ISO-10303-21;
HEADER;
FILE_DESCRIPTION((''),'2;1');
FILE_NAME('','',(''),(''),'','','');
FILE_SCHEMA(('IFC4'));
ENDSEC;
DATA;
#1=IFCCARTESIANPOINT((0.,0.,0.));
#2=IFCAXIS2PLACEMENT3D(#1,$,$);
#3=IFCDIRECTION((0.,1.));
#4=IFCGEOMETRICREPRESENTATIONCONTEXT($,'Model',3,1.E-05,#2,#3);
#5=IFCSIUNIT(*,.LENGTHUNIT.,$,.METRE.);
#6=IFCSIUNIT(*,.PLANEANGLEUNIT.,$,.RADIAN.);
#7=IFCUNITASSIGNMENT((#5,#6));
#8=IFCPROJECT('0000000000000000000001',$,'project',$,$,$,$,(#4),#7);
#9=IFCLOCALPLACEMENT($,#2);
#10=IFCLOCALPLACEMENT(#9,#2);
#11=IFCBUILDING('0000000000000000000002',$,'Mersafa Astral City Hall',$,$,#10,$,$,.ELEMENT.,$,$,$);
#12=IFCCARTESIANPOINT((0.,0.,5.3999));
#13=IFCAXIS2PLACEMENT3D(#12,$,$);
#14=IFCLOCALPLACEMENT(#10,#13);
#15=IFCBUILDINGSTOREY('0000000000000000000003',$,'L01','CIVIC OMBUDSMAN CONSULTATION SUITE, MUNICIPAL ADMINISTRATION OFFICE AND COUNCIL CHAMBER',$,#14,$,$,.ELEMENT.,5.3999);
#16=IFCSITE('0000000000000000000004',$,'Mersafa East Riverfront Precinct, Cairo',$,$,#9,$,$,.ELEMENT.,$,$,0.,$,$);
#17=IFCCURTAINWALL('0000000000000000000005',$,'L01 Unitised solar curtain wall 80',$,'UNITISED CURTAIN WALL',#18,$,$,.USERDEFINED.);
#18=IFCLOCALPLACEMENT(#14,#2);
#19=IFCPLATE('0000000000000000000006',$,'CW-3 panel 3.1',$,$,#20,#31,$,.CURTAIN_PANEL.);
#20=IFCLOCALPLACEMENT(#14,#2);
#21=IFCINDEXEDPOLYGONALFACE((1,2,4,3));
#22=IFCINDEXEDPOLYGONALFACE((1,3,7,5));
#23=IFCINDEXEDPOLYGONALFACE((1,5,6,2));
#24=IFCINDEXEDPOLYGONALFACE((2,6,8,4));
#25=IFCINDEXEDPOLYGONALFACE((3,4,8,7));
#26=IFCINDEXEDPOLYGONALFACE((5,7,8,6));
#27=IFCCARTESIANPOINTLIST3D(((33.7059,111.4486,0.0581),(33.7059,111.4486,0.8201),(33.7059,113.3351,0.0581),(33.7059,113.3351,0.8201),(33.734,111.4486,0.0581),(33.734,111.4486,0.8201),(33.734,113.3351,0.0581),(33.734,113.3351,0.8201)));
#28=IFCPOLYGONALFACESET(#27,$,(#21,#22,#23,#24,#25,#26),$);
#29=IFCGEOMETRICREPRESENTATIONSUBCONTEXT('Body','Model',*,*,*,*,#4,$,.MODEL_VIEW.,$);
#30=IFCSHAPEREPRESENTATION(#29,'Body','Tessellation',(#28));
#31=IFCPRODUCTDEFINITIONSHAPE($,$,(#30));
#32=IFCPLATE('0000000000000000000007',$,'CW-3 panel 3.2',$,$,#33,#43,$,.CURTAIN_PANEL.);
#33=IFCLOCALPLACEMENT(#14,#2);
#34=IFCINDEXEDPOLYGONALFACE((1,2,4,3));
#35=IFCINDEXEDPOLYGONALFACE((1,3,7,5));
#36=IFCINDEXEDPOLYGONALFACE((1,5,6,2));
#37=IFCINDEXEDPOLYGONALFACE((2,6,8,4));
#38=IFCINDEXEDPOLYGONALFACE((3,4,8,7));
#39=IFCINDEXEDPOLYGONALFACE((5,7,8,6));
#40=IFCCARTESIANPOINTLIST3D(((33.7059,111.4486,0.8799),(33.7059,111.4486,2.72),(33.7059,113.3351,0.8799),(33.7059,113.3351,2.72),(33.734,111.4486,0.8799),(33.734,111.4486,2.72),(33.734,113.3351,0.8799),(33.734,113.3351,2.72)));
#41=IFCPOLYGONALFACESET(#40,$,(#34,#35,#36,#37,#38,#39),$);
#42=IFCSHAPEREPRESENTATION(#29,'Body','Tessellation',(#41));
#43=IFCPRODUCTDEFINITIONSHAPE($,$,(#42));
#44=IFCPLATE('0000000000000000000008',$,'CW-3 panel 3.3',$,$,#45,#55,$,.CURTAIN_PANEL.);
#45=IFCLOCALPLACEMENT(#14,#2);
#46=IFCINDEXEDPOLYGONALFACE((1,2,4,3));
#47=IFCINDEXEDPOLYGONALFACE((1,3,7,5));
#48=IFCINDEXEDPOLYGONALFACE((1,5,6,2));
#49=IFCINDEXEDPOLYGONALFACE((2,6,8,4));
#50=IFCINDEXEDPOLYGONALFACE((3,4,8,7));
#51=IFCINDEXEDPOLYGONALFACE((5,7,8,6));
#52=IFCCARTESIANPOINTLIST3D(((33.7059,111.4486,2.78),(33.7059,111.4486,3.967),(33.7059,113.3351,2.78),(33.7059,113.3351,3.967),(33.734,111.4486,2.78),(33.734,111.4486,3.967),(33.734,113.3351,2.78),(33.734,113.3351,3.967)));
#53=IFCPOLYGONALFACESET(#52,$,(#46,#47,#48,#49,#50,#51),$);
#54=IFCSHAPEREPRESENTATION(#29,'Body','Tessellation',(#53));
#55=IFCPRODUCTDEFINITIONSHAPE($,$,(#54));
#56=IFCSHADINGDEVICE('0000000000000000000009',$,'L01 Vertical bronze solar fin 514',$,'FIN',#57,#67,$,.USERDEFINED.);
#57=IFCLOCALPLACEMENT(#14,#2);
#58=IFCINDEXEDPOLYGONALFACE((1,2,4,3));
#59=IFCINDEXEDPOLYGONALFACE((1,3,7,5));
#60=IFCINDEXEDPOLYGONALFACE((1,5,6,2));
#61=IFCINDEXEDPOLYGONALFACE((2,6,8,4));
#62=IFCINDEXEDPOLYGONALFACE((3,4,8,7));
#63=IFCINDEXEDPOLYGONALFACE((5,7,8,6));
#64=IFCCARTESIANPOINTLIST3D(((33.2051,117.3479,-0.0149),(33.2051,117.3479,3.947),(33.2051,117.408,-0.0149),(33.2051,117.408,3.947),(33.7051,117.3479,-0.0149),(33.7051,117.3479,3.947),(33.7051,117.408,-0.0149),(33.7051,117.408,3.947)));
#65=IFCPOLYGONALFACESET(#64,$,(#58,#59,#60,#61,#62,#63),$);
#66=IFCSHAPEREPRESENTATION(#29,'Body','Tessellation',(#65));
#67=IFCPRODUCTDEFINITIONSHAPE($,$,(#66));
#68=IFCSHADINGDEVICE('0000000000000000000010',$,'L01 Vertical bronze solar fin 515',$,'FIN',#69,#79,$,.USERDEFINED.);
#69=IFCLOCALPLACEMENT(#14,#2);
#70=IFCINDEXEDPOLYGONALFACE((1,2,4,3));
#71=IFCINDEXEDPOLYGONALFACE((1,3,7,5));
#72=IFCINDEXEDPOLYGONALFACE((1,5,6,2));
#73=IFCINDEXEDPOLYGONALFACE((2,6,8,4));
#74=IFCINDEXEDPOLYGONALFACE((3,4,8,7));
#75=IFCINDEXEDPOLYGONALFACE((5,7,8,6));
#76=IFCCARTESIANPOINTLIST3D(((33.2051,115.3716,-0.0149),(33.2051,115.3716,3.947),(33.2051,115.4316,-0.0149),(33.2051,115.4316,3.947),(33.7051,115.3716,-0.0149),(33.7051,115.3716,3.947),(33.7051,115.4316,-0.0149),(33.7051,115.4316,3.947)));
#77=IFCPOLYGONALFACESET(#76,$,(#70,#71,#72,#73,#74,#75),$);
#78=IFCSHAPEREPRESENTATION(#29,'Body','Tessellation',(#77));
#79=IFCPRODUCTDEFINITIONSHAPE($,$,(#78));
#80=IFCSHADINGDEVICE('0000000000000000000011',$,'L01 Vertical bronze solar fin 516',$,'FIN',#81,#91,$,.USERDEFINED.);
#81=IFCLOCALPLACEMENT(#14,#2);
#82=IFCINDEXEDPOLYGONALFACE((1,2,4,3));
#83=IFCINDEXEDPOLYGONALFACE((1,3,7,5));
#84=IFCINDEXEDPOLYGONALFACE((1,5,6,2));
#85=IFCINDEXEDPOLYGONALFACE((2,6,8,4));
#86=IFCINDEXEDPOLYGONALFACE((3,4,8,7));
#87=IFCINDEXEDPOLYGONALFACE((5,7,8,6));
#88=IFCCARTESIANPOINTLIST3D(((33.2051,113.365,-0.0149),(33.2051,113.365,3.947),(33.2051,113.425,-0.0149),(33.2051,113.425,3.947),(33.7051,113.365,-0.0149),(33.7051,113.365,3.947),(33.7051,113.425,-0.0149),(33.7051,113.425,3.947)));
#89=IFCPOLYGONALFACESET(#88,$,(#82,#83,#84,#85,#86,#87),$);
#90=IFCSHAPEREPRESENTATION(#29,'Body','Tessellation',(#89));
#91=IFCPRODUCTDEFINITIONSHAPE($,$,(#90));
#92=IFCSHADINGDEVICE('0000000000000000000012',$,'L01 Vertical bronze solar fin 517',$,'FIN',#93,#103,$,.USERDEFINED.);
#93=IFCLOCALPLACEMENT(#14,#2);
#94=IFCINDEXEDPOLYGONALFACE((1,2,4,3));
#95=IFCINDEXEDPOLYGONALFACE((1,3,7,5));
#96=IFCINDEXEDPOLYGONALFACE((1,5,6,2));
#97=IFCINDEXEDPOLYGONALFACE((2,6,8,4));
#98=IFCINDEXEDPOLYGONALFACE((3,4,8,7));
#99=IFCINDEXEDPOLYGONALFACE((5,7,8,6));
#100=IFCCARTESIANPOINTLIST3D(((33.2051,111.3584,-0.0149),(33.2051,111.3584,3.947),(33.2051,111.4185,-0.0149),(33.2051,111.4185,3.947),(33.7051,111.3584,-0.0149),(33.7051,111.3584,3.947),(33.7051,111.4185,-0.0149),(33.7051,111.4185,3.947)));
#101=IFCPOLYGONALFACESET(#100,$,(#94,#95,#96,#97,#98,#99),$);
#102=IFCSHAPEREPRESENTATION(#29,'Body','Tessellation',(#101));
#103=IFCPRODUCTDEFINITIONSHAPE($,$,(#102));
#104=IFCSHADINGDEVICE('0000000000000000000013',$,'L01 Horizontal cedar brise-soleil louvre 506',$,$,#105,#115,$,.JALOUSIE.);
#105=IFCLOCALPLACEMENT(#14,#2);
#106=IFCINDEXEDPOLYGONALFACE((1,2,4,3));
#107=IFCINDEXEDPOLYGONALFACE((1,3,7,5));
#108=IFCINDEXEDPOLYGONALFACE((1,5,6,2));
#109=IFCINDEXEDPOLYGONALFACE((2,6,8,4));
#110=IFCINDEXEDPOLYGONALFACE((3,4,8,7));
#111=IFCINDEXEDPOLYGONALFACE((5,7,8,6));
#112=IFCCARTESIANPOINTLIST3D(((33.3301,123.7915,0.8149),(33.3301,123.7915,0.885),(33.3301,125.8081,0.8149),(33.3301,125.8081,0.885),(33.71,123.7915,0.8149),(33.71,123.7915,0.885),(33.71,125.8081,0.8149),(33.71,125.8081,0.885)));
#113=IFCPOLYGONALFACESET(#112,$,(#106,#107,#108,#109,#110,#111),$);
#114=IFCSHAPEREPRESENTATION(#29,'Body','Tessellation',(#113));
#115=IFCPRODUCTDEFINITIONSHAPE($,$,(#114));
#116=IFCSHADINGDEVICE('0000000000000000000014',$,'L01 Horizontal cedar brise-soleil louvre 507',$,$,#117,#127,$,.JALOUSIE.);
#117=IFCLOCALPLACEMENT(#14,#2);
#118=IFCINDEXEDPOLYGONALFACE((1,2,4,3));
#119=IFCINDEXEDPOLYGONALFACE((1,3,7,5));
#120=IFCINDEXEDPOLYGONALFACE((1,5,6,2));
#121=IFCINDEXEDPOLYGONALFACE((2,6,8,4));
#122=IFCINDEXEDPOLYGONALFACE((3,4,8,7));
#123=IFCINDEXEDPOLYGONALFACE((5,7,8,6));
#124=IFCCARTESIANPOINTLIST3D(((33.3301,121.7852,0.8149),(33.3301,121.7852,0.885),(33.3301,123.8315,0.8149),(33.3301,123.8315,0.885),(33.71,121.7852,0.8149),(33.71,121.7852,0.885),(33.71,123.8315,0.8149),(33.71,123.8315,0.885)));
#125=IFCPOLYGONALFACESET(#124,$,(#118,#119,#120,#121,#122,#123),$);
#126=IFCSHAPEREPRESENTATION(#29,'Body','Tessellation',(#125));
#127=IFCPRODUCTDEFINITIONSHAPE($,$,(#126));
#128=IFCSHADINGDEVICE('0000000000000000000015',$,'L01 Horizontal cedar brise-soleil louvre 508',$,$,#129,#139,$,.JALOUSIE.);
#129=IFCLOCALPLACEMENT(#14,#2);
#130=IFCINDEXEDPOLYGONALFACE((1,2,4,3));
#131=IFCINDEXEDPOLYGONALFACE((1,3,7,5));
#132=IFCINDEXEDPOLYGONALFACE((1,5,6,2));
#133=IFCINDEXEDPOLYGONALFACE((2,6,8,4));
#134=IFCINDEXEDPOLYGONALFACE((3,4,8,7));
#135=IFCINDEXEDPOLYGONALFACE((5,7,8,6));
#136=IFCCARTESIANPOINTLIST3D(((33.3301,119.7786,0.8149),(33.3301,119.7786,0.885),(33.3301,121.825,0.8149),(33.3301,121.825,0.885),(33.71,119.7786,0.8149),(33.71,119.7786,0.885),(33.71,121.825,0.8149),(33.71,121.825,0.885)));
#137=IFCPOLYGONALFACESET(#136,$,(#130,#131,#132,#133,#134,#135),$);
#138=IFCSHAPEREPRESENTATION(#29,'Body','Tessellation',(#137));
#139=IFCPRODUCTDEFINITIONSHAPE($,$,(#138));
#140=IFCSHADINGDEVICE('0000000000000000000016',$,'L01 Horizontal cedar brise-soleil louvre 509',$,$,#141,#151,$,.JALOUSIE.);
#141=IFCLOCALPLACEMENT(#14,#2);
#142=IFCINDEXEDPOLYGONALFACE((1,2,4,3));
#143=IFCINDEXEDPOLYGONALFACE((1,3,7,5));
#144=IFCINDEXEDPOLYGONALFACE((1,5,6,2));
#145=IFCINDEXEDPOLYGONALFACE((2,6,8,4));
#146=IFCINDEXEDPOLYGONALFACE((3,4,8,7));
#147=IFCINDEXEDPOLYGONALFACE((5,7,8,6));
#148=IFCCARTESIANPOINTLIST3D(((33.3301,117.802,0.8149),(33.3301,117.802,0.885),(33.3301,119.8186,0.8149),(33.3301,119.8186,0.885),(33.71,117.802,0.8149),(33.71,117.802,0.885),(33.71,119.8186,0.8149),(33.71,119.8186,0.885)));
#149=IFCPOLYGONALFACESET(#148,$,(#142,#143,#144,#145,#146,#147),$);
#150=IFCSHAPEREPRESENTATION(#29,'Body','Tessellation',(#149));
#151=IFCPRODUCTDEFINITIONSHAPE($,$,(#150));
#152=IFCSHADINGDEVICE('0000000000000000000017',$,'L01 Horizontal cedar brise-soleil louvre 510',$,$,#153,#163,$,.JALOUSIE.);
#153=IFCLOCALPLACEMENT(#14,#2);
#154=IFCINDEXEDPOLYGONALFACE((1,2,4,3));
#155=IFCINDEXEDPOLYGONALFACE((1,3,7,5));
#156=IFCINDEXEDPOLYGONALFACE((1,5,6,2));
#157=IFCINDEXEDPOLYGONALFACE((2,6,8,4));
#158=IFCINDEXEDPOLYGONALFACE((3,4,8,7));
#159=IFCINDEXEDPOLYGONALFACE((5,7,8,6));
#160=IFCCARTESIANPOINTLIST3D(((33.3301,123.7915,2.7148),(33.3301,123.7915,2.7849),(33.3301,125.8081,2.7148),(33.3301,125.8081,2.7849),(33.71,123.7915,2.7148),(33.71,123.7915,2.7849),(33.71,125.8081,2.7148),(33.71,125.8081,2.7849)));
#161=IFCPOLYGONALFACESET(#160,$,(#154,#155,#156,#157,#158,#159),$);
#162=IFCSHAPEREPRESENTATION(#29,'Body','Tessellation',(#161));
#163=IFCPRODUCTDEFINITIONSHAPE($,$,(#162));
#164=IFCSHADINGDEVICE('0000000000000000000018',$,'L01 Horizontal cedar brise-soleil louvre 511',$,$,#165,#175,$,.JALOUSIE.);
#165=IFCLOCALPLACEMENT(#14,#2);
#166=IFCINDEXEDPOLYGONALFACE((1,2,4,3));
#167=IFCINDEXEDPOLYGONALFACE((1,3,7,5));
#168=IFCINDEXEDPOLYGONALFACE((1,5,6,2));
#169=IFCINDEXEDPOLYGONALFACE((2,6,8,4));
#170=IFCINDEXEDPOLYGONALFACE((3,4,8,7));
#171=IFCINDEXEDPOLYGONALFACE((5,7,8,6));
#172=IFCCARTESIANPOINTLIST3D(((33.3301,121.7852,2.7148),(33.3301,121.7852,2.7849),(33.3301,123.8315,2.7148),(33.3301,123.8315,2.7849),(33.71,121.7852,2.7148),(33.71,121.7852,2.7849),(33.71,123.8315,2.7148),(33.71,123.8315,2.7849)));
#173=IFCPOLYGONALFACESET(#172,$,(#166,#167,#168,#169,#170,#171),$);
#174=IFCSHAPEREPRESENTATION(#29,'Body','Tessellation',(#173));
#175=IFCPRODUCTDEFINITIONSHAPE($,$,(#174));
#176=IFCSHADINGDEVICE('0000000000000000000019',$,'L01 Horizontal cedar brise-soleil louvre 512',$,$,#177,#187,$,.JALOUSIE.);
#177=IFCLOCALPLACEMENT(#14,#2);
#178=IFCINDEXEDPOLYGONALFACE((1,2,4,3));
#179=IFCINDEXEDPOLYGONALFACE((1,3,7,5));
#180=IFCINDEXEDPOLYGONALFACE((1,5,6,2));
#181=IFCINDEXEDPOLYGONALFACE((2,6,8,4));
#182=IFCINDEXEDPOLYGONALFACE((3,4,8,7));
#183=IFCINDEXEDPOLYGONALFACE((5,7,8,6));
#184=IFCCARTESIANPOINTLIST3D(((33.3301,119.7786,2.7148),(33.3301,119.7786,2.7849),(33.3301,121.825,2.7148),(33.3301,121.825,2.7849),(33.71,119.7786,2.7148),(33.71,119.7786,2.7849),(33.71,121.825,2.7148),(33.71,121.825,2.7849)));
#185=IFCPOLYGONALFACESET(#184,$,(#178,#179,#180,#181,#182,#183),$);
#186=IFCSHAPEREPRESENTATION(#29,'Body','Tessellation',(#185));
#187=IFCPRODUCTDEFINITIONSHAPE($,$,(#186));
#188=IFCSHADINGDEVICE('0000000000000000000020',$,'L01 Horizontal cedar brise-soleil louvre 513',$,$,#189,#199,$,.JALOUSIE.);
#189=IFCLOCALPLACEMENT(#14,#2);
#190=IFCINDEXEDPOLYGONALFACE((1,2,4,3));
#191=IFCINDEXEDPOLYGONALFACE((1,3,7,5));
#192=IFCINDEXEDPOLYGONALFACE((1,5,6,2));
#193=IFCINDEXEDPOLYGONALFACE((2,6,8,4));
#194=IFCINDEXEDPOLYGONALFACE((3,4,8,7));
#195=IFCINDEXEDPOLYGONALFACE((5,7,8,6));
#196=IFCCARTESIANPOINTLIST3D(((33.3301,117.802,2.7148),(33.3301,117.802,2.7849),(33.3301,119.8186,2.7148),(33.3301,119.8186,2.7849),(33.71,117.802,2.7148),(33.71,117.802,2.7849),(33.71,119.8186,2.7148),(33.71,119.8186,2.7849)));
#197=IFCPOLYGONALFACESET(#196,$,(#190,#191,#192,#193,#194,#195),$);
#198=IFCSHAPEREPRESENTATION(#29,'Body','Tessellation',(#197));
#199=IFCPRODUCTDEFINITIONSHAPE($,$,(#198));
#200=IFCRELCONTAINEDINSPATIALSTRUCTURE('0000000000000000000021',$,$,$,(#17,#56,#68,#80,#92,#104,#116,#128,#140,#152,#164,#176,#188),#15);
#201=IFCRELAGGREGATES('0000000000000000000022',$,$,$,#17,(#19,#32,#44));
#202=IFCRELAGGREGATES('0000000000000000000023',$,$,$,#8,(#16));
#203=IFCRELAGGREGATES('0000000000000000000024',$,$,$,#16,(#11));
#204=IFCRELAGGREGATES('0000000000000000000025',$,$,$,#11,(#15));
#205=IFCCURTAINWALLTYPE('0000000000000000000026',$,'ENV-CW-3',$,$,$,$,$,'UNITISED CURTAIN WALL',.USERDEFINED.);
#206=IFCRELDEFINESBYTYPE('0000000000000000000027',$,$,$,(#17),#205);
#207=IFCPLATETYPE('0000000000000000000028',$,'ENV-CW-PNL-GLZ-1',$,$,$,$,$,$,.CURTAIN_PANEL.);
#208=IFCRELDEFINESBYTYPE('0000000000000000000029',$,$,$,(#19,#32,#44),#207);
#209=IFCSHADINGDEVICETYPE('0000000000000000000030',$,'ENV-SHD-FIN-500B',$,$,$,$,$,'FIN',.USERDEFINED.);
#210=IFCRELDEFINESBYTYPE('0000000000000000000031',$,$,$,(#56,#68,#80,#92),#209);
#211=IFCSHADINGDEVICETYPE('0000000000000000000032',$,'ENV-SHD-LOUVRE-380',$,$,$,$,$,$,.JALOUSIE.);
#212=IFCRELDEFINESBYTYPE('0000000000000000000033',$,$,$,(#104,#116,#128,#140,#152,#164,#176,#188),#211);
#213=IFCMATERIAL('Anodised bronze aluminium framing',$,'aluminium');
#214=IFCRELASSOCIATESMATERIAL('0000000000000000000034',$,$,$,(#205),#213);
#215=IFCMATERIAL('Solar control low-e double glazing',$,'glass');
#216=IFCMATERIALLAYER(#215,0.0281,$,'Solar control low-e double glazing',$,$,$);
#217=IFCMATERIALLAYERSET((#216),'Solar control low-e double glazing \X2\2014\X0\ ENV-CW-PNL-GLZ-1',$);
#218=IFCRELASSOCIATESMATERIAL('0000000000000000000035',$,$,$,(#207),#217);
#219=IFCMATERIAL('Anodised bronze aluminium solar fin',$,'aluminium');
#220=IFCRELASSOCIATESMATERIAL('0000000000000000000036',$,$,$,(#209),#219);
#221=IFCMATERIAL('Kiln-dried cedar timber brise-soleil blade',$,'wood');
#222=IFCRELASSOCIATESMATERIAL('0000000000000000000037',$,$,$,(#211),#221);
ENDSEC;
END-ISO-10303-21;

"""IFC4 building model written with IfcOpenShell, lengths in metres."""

from ifc_helpers import new_model, si_unit, direction, frame, origin, origin_2d, place, context, subcontext, project, spatial, rectangle, extrude, material, layer, layer_set, type_object, element, aggregate, save


model = new_model("IFC4")

# Units and contexts
model_context = context("Model", 3, precision=1e-05, world=origin(), true_north=direction((0.0, 1.0)))
body_context = subcontext(model_context, "Body", "Model", "MODEL_VIEW")
ifc_project = project(units=[si_unit("LENGTHUNIT", "METRE"), si_unit("PLANEANGLEUNIT", "RADIAN")], contexts=[model_context])

# Site, building, storey
site_placement = place(None, origin())
site = spatial("IfcSite", under=ifc_project, at=site_placement, Name="Mersafa East Riverfront Precinct, Cairo", CompositionType="ELEMENT", RefElevation=0.0)
building_placement = place(site_placement, origin())
building = spatial("IfcBuilding", under=site, at=building_placement, Name="Mersafa Astral City Hall", CompositionType="ELEMENT")
storey_placement = place(building_placement, frame((0.0, 0.0, 5.3999)))
storey = spatial("IfcBuildingStorey", under=building, at=storey_placement, Name="L01", Description="CIVIC OMBUDSMAN CONSULTATION SUITE, MUNICIPAL ADMINISTRATION OFFICE AND COUNCIL CHAMBER", CompositionType="ELEMENT", Elevation=5.3999)

# Curtain wall
ifc_material_1 = material(Name="Anodised bronze aluminium framing", Category="aluminium")
curtain_wall_type = type_object("IfcCurtainWallType", Name="ENV-CW-3", ElementType="UNITISED CURTAIN WALL", PredefinedType="USERDEFINED", material=ifc_material_1)
curtain_wall_placement = place(storey_placement, origin())
curtain_wall = element("IfcCurtainWall", 1, at=curtain_wall_placement, inside=storey, type_object=curtain_wall_type, Name="L01 Unitised solar curtain wall 80", ObjectType="UNITISED CURTAIN WALL", PredefinedType="USERDEFINED")

# Plates
ifc_material_2 = material(Name="Solar control low-e double glazing", Category="glass")
ifc_layer = layer(ifc_material_2, 0.0281, Name="Solar control low-e double glazing")
ifc_layer_set = layer_set([ifc_layer], Name="Solar control low-e double glazing — ENV-CW-PNL-GLZ-1")
plate_type = type_object("IfcPlateType", Name="ENV-CW-PNL-GLZ-1", PredefinedType="CURTAIN_PANEL", material=ifc_layer_set)
plate_1_placement = place(storey_placement, frame((33.72, 112.3918, 0.0581), z_axis=(0.0, 0.0, 1.0), x_axis=(0.0, -1.0, 0.0)))
plate_1 = element("IfcPlate", 2, at=plate_1_placement, type_object=plate_type, Name="CW-3 panel 3.1", PredefinedType="CURTAIN_PANEL", context=body_context, shape_type="SweptSolid", body=[
    extrude(rectangle(XDim=1.8865, YDim=0.0281, at=origin_2d()), origin(), (0.0, 0.0, 1.0), 0.762),
])
plate_2_placement = place(storey_placement, frame((33.72, 112.3918, 0.8799), z_axis=(0.0, 0.0, 1.0), x_axis=(0.0, -1.0, 0.0)))
plate_2 = element("IfcPlate", 3, at=plate_2_placement, type_object=plate_type, Name="CW-3 panel 3.2", PredefinedType="CURTAIN_PANEL", context=body_context, shape_type="SweptSolid", body=[
    extrude(rectangle(XDim=1.8865, YDim=0.0281, at=origin_2d()), origin(), (0.0, 0.0, 1.0), 1.8401),
])
plate_3_placement = place(storey_placement, frame((33.72, 112.3918, 2.78), z_axis=(0.0, 0.0, 1.0), x_axis=(0.0, -1.0, 0.0)))
plate_3 = element("IfcPlate", 4, at=plate_3_placement, type_object=plate_type, Name="CW-3 panel 3.3", PredefinedType="CURTAIN_PANEL", context=body_context, shape_type="SweptSolid", body=[
    extrude(rectangle(XDim=1.8865, YDim=0.0281, at=origin_2d()), origin(), (0.0, 0.0, 1.0), 1.187),
])
aggregate(curtain_wall, [plate_1, plate_2, plate_3])

# Shading devices
ifc_material_3 = material(Name="Anodised bronze aluminium solar fin", Category="aluminium")
shading_device_type_1 = type_object("IfcShadingDeviceType", Name="ENV-SHD-FIN-500B", ElementType="FIN", PredefinedType="USERDEFINED", material=ifc_material_3)
for number, where, z_axis, x_axis, name in (
    (5, (33.4551, 117.3779, -0.0149), (0.0, 0.0, 1.0), (0.0, -1.0, 0.0), "L01 Vertical bronze solar fin 514"),
    (6, (33.4551, 115.4016, -0.0149), (0.0, 0.0, 1.0), (0.0, -1.0, 0.0), "L01 Vertical bronze solar fin 515"),
    (7, (33.4551, 113.395, -0.0149), (0.0, 0.0, 1.0), (0.0, -1.0, 0.0), "L01 Vertical bronze solar fin 516"),
    (8, (33.4551, 111.3884, -0.0149), (0.0, 0.0, 1.0), (0.0, -1.0, 0.0), "L01 Vertical bronze solar fin 517"),
):
    element("IfcShadingDevice", number, at=place(storey_placement, frame(where, z_axis=z_axis, x_axis=x_axis)), inside=storey, type_object=shading_device_type_1, Name=name, ObjectType="FIN", PredefinedType="USERDEFINED", context=body_context, shape_type="SweptSolid", body=[
        extrude(rectangle(XDim=0.0601, YDim=0.5, at=origin_2d()), origin(), (0.0, 0.0, 1.0), 3.9619),
    ])
ifc_material_4 = material(Name="Kiln-dried cedar timber brise-soleil blade", Category="wood")
shading_device_type_2 = type_object("IfcShadingDeviceType", Name="ENV-SHD-LOUVRE-380", PredefinedType="JALOUSIE", material=ifc_material_4)
shading_device_1_placement = place(storey_placement, frame((33.52, 124.7998, 0.8149), z_axis=(0.0, 0.0, 1.0), x_axis=(0.0, -1.0, 0.0)))
element("IfcShadingDevice", 9, at=shading_device_1_placement, inside=storey, type_object=shading_device_type_2, Name="L01 Horizontal cedar brise-soleil louvre 506", PredefinedType="JALOUSIE", context=body_context, shape_type="SweptSolid", body=[
    extrude(rectangle(XDim=2.0166, YDim=0.3799, at=origin_2d()), origin(), (0.0, 0.0, 1.0), 0.0701),
])
for number, where, z_axis, x_axis, name in (
    (10, (33.52, 122.8083, 0.8149), (0.0, 0.0, 1.0), (0.0, -1.0, 0.0), "L01 Horizontal cedar brise-soleil louvre 507"),
    (11, (33.52, 120.8018, 0.8149), (0.0, 0.0, 1.0), (0.0, -1.0, 0.0), "L01 Horizontal cedar brise-soleil louvre 508"),
):
    element("IfcShadingDevice", number, at=place(storey_placement, frame(where, z_axis=z_axis, x_axis=x_axis)), inside=storey, type_object=shading_device_type_2, Name=name, PredefinedType="JALOUSIE", context=body_context, shape_type="SweptSolid", body=[
        extrude(rectangle(XDim=2.0464, YDim=0.3799, at=origin_2d()), origin(), (0.0, 0.0, 1.0), 0.0701),
    ])
for number, where, z_axis, x_axis, name in (
    (12, (33.52, 118.8103, 0.8149), (0.0, 0.0, 1.0), (0.0, -1.0, 0.0), "L01 Horizontal cedar brise-soleil louvre 509"),
    (13, (33.52, 124.7998, 2.7148), (0.0, 0.0, 1.0), (0.0, -1.0, 0.0), "L01 Horizontal cedar brise-soleil louvre 510"),
):
    element("IfcShadingDevice", number, at=place(storey_placement, frame(where, z_axis=z_axis, x_axis=x_axis)), inside=storey, type_object=shading_device_type_2, Name=name, PredefinedType="JALOUSIE", context=body_context, shape_type="SweptSolid", body=[
        extrude(rectangle(XDim=2.0166, YDim=0.3799, at=origin_2d()), origin(), (0.0, 0.0, 1.0), 0.0701),
    ])
for number, where, z_axis, x_axis, name in (
    (14, (33.52, 122.8083, 2.7148), (0.0, 0.0, 1.0), (0.0, -1.0, 0.0), "L01 Horizontal cedar brise-soleil louvre 511"),
    (15, (33.52, 120.8018, 2.7148), (0.0, 0.0, 1.0), (0.0, -1.0, 0.0), "L01 Horizontal cedar brise-soleil louvre 512"),
):
    element("IfcShadingDevice", number, at=place(storey_placement, frame(where, z_axis=z_axis, x_axis=x_axis)), inside=storey, type_object=shading_device_type_2, Name=name, PredefinedType="JALOUSIE", context=body_context, shape_type="SweptSolid", body=[
        extrude(rectangle(XDim=2.0464, YDim=0.3799, at=origin_2d()), origin(), (0.0, 0.0, 1.0), 0.0701),
    ])
shading_device_2_placement = place(storey_placement, frame((33.52, 118.8103, 2.7148), z_axis=(0.0, 0.0, 1.0), x_axis=(0.0, -1.0, 0.0)))
element("IfcShadingDevice", 16, at=shading_device_2_placement, inside=storey, type_object=shading_device_type_2, Name="L01 Horizontal cedar brise-soleil louvre 513", PredefinedType="JALOUSIE", context=body_context, shape_type="SweptSolid", body=[
    extrude(rectangle(XDim=2.0166, YDim=0.3799, at=origin_2d()), origin(), (0.0, 0.0, 1.0), 0.0701),
])

save(model, "model.ifc")
